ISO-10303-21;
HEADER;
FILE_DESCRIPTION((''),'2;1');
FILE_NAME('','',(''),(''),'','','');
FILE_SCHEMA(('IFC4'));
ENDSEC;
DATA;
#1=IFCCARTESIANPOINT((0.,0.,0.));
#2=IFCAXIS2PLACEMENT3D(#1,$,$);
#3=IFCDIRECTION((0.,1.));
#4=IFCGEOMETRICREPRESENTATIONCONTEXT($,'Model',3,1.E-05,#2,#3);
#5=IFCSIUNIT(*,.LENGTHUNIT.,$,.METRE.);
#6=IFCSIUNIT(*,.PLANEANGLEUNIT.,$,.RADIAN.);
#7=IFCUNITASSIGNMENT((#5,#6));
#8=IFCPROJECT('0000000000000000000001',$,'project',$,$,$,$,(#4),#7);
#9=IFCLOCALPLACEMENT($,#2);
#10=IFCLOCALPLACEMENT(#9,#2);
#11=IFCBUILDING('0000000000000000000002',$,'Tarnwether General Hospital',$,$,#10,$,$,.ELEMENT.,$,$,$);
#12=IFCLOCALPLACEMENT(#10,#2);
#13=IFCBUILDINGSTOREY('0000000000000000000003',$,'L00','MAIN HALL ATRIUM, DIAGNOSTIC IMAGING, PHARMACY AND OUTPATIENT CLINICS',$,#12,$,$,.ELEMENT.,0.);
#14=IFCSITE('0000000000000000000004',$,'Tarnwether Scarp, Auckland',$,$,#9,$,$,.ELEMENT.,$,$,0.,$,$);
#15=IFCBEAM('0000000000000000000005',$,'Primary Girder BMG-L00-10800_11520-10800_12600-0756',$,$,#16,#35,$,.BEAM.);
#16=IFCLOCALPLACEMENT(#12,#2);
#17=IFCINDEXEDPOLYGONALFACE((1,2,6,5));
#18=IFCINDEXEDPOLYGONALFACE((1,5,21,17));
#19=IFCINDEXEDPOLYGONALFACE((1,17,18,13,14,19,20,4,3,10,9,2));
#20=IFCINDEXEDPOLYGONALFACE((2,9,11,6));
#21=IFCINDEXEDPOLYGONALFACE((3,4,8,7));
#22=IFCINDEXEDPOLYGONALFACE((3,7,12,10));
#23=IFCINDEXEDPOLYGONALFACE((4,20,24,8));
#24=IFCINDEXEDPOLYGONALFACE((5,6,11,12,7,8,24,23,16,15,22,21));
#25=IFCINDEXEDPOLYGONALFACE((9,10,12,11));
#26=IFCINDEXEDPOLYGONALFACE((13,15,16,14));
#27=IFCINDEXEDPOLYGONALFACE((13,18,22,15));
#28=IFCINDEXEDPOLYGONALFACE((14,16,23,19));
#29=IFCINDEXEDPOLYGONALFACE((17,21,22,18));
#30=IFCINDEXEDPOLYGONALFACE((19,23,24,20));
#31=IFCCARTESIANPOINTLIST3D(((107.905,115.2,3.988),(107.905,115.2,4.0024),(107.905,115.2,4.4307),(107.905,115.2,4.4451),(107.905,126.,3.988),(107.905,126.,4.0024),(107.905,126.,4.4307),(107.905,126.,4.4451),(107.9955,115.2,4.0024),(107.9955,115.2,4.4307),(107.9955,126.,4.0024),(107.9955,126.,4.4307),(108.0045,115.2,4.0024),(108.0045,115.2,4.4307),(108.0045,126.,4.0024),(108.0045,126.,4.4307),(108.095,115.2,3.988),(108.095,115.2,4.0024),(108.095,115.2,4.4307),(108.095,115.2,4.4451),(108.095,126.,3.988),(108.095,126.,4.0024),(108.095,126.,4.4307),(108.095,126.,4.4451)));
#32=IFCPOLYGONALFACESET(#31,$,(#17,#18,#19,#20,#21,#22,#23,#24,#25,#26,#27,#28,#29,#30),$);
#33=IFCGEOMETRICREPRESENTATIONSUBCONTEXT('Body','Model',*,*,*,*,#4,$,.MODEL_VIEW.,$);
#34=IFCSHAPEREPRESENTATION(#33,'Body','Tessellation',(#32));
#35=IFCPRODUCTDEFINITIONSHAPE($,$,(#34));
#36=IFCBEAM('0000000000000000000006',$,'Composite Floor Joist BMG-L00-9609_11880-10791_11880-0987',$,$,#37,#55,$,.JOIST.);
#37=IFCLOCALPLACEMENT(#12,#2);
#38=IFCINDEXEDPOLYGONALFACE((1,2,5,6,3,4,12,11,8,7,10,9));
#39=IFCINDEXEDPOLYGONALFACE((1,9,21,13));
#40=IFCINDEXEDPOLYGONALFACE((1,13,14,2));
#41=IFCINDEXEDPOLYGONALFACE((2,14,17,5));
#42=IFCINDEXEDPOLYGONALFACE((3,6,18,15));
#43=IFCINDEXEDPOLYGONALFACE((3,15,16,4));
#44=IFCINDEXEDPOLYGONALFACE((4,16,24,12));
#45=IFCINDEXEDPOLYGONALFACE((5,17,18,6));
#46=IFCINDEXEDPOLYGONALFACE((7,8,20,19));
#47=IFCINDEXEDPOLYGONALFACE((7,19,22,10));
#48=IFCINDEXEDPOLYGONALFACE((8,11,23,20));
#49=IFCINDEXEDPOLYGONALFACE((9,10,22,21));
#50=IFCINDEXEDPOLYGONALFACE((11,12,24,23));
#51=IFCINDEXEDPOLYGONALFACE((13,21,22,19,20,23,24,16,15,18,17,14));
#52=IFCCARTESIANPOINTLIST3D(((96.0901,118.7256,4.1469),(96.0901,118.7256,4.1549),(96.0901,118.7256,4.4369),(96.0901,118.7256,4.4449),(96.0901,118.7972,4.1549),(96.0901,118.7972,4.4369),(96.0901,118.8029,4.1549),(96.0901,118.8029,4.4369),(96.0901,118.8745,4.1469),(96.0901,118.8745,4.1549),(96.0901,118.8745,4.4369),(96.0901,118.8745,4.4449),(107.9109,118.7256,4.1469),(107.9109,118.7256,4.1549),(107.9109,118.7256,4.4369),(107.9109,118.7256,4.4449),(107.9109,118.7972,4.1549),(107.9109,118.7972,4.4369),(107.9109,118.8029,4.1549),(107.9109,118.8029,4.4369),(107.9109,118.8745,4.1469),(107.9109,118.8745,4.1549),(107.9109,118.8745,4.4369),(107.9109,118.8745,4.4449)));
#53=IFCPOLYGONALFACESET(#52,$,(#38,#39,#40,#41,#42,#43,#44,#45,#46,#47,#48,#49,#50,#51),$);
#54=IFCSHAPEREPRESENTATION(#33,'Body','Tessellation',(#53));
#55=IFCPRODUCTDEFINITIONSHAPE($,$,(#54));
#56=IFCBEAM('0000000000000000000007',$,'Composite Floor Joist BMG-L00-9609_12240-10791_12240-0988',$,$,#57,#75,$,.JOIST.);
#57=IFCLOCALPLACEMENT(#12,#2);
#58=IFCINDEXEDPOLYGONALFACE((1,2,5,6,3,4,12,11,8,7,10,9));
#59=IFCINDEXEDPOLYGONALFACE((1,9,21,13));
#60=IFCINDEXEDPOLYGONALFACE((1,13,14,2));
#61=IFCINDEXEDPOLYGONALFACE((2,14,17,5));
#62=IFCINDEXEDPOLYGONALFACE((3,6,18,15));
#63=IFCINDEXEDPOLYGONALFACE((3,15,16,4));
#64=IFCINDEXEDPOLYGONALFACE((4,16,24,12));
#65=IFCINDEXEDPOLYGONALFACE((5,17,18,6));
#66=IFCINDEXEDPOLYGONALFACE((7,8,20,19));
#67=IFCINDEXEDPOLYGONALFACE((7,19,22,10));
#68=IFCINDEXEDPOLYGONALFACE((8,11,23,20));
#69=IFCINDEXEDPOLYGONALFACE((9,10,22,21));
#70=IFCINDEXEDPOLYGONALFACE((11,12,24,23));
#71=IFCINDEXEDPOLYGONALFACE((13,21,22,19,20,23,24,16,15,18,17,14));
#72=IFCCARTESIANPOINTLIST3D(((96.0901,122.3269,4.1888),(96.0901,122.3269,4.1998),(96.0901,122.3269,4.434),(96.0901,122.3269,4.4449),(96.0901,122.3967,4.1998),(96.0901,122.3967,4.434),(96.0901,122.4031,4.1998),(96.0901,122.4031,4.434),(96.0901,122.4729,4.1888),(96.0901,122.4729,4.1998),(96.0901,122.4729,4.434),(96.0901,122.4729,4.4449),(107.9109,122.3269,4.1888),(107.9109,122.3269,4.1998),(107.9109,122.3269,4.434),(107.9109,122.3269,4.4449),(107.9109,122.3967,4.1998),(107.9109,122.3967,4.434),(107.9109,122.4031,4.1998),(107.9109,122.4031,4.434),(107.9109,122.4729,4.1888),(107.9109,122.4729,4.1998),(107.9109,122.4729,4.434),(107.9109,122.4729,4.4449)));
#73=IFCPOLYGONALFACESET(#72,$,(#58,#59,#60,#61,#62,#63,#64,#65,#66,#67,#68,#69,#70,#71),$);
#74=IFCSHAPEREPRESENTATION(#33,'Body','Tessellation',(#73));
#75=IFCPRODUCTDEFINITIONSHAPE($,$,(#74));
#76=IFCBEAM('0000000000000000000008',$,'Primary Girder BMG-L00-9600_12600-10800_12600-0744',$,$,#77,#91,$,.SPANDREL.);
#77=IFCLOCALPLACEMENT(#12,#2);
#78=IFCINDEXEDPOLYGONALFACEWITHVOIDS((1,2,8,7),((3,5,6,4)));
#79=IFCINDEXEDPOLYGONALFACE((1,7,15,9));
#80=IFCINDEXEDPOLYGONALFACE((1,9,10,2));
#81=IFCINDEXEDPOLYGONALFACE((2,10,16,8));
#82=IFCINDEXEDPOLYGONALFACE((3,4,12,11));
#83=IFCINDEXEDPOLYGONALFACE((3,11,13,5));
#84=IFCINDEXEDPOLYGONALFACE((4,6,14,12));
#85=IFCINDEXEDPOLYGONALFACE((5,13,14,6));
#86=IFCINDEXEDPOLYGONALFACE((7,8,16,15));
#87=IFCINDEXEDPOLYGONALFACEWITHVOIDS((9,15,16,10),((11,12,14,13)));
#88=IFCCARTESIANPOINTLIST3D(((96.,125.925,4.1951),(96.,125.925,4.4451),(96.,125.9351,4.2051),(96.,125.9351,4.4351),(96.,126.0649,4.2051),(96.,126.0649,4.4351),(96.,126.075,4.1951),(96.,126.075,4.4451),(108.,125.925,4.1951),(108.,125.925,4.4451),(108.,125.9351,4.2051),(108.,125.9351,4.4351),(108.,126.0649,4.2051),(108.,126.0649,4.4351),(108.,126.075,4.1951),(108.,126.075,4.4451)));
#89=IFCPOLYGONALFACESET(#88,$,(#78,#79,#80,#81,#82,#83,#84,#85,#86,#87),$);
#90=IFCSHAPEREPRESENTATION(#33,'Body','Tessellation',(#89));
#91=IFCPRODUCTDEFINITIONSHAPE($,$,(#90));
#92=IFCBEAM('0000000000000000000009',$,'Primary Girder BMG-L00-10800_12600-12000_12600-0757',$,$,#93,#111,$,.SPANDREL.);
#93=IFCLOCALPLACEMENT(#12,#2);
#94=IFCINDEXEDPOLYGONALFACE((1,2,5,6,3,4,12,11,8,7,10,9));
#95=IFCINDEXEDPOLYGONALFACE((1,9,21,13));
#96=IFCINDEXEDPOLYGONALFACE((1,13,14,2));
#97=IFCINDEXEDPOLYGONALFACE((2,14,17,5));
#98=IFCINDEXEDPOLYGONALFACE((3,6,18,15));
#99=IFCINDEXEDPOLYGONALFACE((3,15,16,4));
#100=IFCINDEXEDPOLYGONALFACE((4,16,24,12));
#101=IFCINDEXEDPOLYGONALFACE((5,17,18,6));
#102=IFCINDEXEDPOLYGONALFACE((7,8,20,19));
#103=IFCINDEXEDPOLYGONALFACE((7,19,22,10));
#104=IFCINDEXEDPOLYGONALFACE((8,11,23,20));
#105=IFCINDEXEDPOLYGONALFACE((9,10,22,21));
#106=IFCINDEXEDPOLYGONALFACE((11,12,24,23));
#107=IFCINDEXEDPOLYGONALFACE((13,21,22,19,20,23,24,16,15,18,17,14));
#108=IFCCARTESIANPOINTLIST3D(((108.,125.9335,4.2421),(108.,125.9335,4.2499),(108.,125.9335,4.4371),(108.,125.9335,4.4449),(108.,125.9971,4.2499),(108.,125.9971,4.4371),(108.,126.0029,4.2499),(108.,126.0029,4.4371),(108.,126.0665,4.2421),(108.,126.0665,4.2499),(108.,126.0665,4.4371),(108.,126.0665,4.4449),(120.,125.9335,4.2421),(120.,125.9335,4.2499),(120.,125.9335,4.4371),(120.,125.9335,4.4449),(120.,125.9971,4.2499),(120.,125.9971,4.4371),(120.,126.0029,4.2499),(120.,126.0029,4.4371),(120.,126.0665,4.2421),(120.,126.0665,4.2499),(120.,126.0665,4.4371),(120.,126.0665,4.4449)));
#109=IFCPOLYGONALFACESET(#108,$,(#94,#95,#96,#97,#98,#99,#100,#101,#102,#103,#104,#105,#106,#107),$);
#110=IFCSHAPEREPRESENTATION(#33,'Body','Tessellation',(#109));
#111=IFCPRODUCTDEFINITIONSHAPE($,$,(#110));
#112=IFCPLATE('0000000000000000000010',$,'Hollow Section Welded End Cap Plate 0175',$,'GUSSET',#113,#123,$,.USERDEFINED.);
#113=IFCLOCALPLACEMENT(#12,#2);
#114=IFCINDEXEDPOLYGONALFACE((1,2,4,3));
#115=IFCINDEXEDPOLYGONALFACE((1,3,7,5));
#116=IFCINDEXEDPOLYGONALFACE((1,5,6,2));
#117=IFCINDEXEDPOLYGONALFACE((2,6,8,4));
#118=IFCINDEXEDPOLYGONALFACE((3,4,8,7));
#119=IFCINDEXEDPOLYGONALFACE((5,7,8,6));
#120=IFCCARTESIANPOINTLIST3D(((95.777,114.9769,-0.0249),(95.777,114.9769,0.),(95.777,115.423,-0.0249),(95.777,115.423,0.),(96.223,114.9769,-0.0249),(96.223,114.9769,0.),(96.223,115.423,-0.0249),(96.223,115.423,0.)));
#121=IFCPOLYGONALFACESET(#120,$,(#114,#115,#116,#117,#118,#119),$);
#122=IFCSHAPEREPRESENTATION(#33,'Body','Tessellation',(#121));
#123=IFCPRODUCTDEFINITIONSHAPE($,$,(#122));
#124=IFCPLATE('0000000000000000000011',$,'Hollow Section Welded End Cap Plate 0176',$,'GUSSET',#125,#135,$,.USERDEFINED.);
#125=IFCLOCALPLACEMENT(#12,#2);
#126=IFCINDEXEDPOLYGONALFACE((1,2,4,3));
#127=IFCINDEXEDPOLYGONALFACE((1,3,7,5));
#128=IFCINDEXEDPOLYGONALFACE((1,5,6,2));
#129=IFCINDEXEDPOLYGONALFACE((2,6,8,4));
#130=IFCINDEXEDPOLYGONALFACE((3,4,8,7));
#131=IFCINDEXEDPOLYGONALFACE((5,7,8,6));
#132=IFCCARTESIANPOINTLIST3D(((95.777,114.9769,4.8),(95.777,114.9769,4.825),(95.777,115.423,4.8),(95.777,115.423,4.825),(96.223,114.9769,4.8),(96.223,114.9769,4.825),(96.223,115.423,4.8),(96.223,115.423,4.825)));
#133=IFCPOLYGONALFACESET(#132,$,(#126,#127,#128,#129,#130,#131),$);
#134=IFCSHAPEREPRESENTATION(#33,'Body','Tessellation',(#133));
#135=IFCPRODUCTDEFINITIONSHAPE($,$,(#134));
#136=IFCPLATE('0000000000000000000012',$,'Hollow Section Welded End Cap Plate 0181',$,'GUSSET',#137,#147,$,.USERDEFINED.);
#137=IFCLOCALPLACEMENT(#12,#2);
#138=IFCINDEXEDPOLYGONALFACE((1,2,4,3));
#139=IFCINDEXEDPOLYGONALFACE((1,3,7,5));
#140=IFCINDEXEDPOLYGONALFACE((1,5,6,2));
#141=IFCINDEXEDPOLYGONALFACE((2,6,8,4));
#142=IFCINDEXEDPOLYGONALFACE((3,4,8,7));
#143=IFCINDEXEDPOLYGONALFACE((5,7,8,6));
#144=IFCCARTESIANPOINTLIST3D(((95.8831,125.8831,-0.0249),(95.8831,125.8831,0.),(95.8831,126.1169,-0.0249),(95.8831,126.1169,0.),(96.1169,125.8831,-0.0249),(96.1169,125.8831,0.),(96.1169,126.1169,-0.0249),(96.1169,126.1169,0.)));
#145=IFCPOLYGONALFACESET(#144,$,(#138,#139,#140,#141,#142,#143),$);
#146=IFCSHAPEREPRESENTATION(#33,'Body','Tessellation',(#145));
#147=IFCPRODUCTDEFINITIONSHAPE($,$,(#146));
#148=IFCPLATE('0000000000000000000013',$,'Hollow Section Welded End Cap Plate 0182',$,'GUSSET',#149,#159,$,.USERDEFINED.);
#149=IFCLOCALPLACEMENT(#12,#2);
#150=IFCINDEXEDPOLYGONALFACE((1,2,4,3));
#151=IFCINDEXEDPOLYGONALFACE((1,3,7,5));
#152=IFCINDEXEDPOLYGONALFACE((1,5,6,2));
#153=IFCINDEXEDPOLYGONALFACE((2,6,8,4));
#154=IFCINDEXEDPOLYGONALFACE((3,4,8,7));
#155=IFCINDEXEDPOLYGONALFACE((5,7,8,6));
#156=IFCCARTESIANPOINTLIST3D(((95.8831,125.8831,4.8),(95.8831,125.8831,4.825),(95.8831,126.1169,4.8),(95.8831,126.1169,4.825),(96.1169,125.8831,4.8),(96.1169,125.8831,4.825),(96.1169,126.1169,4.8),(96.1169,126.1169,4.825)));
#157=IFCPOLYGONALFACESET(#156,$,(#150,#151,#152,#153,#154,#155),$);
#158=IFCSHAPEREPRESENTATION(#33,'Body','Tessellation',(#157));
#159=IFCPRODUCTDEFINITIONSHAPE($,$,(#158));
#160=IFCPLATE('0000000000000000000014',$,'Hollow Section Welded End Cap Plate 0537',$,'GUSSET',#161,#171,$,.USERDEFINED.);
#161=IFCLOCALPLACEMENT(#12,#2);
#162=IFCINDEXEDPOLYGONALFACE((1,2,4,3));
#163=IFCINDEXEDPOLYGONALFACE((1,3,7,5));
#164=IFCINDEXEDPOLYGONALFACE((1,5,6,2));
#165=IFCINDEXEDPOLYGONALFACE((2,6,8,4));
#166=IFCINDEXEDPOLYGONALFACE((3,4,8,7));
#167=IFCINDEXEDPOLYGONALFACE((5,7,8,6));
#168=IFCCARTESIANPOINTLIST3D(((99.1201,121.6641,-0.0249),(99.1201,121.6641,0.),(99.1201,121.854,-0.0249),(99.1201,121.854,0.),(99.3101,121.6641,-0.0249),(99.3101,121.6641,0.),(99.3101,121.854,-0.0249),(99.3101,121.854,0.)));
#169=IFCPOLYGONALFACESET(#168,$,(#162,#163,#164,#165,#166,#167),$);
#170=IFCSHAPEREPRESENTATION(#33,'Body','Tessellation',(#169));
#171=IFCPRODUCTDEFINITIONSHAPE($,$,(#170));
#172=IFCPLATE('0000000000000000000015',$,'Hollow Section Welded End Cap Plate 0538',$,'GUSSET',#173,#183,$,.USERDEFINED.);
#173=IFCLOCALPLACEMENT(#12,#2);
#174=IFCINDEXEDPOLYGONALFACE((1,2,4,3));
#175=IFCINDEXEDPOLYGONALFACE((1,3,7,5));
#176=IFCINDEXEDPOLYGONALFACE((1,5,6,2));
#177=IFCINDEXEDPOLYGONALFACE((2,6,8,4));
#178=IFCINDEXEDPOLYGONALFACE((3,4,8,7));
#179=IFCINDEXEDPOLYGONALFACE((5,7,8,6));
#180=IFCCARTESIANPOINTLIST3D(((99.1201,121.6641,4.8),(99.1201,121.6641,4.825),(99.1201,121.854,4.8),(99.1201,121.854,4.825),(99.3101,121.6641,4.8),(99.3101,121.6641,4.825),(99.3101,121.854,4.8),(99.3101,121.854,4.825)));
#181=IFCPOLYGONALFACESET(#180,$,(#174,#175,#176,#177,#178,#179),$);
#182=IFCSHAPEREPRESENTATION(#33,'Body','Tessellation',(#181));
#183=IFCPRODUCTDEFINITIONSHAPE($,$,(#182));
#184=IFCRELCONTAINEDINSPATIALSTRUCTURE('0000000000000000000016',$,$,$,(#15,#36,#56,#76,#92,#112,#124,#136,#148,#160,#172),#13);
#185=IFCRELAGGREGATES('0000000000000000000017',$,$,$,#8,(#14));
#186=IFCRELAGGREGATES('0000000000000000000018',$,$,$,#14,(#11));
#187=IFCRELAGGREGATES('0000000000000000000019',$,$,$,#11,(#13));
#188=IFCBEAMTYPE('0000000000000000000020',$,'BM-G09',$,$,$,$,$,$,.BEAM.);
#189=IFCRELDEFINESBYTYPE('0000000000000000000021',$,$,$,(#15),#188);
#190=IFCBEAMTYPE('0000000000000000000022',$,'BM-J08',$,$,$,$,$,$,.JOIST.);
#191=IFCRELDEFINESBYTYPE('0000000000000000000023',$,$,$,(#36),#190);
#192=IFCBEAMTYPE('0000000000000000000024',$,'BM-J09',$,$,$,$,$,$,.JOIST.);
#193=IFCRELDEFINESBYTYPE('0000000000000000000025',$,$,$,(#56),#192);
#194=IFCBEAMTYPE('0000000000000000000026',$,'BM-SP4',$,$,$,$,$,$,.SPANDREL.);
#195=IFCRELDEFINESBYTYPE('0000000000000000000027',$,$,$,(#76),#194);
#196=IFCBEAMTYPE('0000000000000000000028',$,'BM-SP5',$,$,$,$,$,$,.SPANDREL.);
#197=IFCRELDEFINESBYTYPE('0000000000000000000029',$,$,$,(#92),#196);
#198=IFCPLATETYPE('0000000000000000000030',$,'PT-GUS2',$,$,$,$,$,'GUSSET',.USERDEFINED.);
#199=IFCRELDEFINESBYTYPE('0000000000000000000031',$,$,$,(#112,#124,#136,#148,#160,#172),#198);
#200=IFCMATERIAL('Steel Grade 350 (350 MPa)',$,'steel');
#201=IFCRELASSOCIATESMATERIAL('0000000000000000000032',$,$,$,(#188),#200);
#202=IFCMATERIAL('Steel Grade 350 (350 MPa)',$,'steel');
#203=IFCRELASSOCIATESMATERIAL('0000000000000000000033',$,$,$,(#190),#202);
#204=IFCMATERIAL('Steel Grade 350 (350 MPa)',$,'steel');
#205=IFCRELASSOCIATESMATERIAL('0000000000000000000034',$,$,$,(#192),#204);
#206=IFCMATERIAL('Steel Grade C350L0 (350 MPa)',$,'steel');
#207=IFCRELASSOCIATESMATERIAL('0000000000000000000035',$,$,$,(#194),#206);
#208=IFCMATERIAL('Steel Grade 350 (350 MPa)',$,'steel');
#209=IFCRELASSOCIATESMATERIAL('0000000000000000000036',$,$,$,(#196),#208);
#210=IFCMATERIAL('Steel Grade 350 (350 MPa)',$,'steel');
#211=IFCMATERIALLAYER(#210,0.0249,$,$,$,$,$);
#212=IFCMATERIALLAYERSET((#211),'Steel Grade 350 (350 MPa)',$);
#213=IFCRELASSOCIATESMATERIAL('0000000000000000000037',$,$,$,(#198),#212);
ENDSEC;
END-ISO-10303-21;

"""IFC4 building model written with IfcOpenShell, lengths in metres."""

from ifc_helpers import new_model, si_unit, direction, frame, origin, origin_2d, place, context, subcontext, project, spatial, rectangle, hollow_rectangle, i_section, extrude, material, layer, layer_set, material_profile, profile_set, type_object, element, save


model = new_model("IFC4")

# Units and contexts
model_context = context("Model", 3, precision=1e-05, world=origin(), true_north=direction((0.0, 1.0)))
body_context = subcontext(model_context, "Body", "Model", "MODEL_VIEW")
ifc_project = project(units=[si_unit("LENGTHUNIT", "METRE"), si_unit("PLANEANGLEUNIT", "RADIAN")], contexts=[model_context])

# Site, building, storey
site_placement = place(None, origin())
site = spatial("IfcSite", under=ifc_project, at=site_placement, Name="Tarnwether Scarp, Auckland", CompositionType="ELEMENT", RefElevation=0.0)
building_placement = place(site_placement, origin())
building = spatial("IfcBuilding", under=site, at=building_placement, Name="Tarnwether General Hospital", CompositionType="ELEMENT")
storey_placement = place(building_placement, origin())
storey = spatial("IfcBuildingStorey", under=building, at=storey_placement, Name="L00", Description="MAIN HALL ATRIUM, DIAGNOSTIC IMAGING, PHARMACY AND OUTPATIENT CLINICS", CompositionType="ELEMENT", Elevation=0.0)

# Beams
ifc_material_1 = material(Name="Steel Grade 350 (350 MPa)", Category="steel")
ifc_material_profile_1 = material_profile(ifc_material_1, i_section(OverallWidth=0.1899, OverallDepth=0.457, WebThickness=0.009, FlangeThickness=0.0144, at=origin_2d()), Name="460UB74.6")
ifc_profile_set_1 = profile_set([ifc_material_profile_1], Name="Steel Grade 350 (350 MPa)")
beam_type_1 = type_object("IfcBeamType", Name="BM-G09", PredefinedType="BEAM", material=ifc_profile_set_1)
beam_1_placement = place(storey_placement, frame((108.0, 115.2, 4.2166), z_axis=(0.0, 1.0, 0.0), x_axis=(-1.0, 0.0, 0.0)))
element("IfcBeam", 1, at=beam_1_placement, inside=storey, type_object=beam_type_1, Name="Primary Girder BMG-L00-10800_11520-10800_12600-0756", PredefinedType="BEAM", context=body_context, shape_type="SweptSolid", body=[
    extrude(i_section(OverallWidth=0.1899, OverallDepth=0.457, WebThickness=0.009, FlangeThickness=0.0144, at=origin_2d()), origin(), (0.0, 0.0, 1.0), 10.8),
])
ifc_material_2 = material(Name="Steel Grade 350 (350 MPa)", Category="steel")
ifc_material_profile_2 = material_profile(ifc_material_2, i_section(OverallWidth=0.1489, OverallDepth=0.2981, WebThickness=0.0056, FlangeThickness=0.0081, at=origin_2d()), Name="310UB32.0")
ifc_profile_set_2 = profile_set([ifc_material_profile_2], Name="Steel Grade 350 (350 MPa)")
beam_type_2 = type_object("IfcBeamType", Name="BM-J08", PredefinedType="JOIST", material=ifc_profile_set_2)
beam_2_placement = place(storey_placement, frame((96.0901, 118.8, 4.2959), z_axis=(1.0, 0.0, 0.0), x_axis=(0.0, 1.0, 0.0)))
element("IfcBeam", 2, at=beam_2_placement, inside=storey, type_object=beam_type_2, Name="Composite Floor Joist BMG-L00-9609_11880-10791_11880-0987", PredefinedType="JOIST", context=body_context, shape_type="SweptSolid", body=[
    extrude(i_section(OverallWidth=0.1489, OverallDepth=0.2981, WebThickness=0.0056, FlangeThickness=0.0081, at=origin_2d()), origin(), (0.0, 0.0, 1.0), 11.8208),
])
ifc_material_3 = material(Name="Steel Grade 350 (350 MPa)", Category="steel")
ifc_material_profile_3 = material_profile(ifc_material_3, i_section(OverallWidth=0.146, OverallDepth=0.2561, WebThickness=0.0063, FlangeThickness=0.011, at=origin_2d()), Name="250UB37.3")
ifc_profile_set_3 = profile_set([ifc_material_profile_3], Name="Steel Grade 350 (350 MPa)")
beam_type_3 = type_object("IfcBeamType", Name="BM-J09", PredefinedType="JOIST", material=ifc_profile_set_3)
beam_3_placement = place(storey_placement, frame((96.0901, 122.3999, 4.3169), z_axis=(1.0, 0.0, 0.0), x_axis=(0.0, 1.0, 0.0)))
element("IfcBeam", 3, at=beam_3_placement, inside=storey, type_object=beam_type_3, Name="Composite Floor Joist BMG-L00-9609_12240-10791_12240-0988", PredefinedType="JOIST", context=body_context, shape_type="SweptSolid", body=[
    extrude(i_section(OverallWidth=0.146, OverallDepth=0.2561, WebThickness=0.0063, FlangeThickness=0.011, at=origin_2d()), origin(), (0.0, 0.0, 1.0), 11.8208),
])
ifc_material_4 = material(Name="Steel Grade C350L0 (350 MPa)", Category="steel")
ifc_material_profile_4 = material_profile(ifc_material_4, hollow_rectangle(XDim=0.1499, YDim=0.25, WallThickness=0.01, at=origin_2d()), Name="RHS250x150x10")
ifc_profile_set_4 = profile_set([ifc_material_profile_4], Name="Steel Grade C350L0 (350 MPa)")
beam_type_4 = type_object("IfcBeamType", Name="BM-SP4", PredefinedType="SPANDREL", material=ifc_profile_set_4)
beam_4_placement = place(storey_placement, frame((96.0, 126.0, 4.3201), z_axis=(1.0, 0.0, 0.0), x_axis=(0.0, 1.0, 0.0)))
element("IfcBeam", 4, at=beam_4_placement, inside=storey, type_object=beam_type_4, Name="Primary Girder BMG-L00-9600_12600-10800_12600-0744", PredefinedType="SPANDREL", context=body_context, shape_type="SweptSolid", body=[
    extrude(hollow_rectangle(XDim=0.1499, YDim=0.25, WallThickness=0.01, at=origin_2d()), origin(), (0.0, 0.0, 1.0), 12.0),
])
ifc_material_5 = material(Name="Steel Grade 350 (350 MPa)", Category="steel")
ifc_material_profile_5 = material_profile(ifc_material_5, i_section(OverallWidth=0.1331, OverallDepth=0.2029, WebThickness=0.0059, FlangeThickness=0.0078, at=origin_2d()), Name="200UB25.4")
ifc_profile_set_5 = profile_set([ifc_material_profile_5], Name="Steel Grade 350 (350 MPa)")
beam_type_5 = type_object("IfcBeamType", Name="BM-SP5", PredefinedType="SPANDREL", material=ifc_profile_set_5)
beam_5_placement = place(storey_placement, frame((108.0, 126.0, 4.3435), z_axis=(1.0, 0.0, 0.0), x_axis=(0.0, 1.0, 0.0)))
element("IfcBeam", 5, at=beam_5_placement, inside=storey, type_object=beam_type_5, Name="Primary Girder BMG-L00-10800_12600-12000_12600-0757", PredefinedType="SPANDREL", context=body_context, shape_type="SweptSolid", body=[
    extrude(i_section(OverallWidth=0.1331, OverallDepth=0.2029, WebThickness=0.0059, FlangeThickness=0.0078, at=origin_2d()), origin(), (0.0, 0.0, 1.0), 12.0),
])

# Plates
ifc_material_6 = material(Name="Steel Grade 350 (350 MPa)", Category="steel")
ifc_layer_1 = layer(ifc_material_6, 0.0249)
ifc_layer_set_1 = layer_set([ifc_layer_1], Name="Steel Grade 350 (350 MPa)")
plate_type = type_object("IfcPlateType", Name="PT-GUS2", ElementType="GUSSET", PredefinedType="USERDEFINED", material=ifc_layer_set_1)
for number, where, z_axis, x_axis, name in (
    (6, (96.0, 115.2, -0.0249), (0.0, 0.0, 1.0), (1.0, 0.0, 0.0), "Hollow Section Welded End Cap Plate 0175"),
    (7, (96.0, 115.2, 4.8), (0.0, 0.0, 1.0), (1.0, 0.0, 0.0), "Hollow Section Welded End Cap Plate 0176"),
):
    element("IfcPlate", number, at=place(storey_placement, frame(where, z_axis=z_axis, x_axis=x_axis)), inside=storey, type_object=plate_type, Name=name, ObjectType="GUSSET", PredefinedType="USERDEFINED", context=body_context, shape_type="SweptSolid", body=[
        extrude(rectangle(XDim=0.446, YDim=0.446, at=origin_2d()), origin(), (0.0, 0.0, 1.0), 0.0249),
    ])
for number, where, z_axis, x_axis, name in (
    (8, (96.0, 126.0, -0.0249), (0.0, 0.0, 1.0), (1.0, 0.0, 0.0), "Hollow Section Welded End Cap Plate 0181"),
    (9, (96.0, 126.0, 4.8), (0.0, 0.0, 1.0), (1.0, 0.0, 0.0), "Hollow Section Welded End Cap Plate 0182"),
):
    element("IfcPlate", number, at=place(storey_placement, frame(where, z_axis=z_axis, x_axis=x_axis)), inside=storey, type_object=plate_type, Name=name, ObjectType="GUSSET", PredefinedType="USERDEFINED", context=body_context, shape_type="SweptSolid", body=[
        extrude(rectangle(XDim=0.2339, YDim=0.2339, at=origin_2d()), origin(), (0.0, 0.0, 1.0), 0.0249),
    ])
for number, where, z_axis, x_axis, name in (
    (10, (99.2151, 121.759, -0.0249), (0.0, 0.0, 1.0), (1.0, 0.0, 0.0), "Hollow Section Welded End Cap Plate 0537"),
    (11, (99.2151, 121.759, 4.8), (0.0, 0.0, 1.0), (1.0, 0.0, 0.0), "Hollow Section Welded End Cap Plate 0538"),
):
    element("IfcPlate", number, at=place(storey_placement, frame(where, z_axis=z_axis, x_axis=x_axis)), inside=storey, type_object=plate_type, Name=name, ObjectType="GUSSET", PredefinedType="USERDEFINED", context=body_context, shape_type="SweptSolid", body=[
        extrude(rectangle(XDim=0.1899, YDim=0.1899, at=origin_2d()), origin(), (0.0, 0.0, 1.0), 0.0249),
    ])

save(model, "model.ifc")
